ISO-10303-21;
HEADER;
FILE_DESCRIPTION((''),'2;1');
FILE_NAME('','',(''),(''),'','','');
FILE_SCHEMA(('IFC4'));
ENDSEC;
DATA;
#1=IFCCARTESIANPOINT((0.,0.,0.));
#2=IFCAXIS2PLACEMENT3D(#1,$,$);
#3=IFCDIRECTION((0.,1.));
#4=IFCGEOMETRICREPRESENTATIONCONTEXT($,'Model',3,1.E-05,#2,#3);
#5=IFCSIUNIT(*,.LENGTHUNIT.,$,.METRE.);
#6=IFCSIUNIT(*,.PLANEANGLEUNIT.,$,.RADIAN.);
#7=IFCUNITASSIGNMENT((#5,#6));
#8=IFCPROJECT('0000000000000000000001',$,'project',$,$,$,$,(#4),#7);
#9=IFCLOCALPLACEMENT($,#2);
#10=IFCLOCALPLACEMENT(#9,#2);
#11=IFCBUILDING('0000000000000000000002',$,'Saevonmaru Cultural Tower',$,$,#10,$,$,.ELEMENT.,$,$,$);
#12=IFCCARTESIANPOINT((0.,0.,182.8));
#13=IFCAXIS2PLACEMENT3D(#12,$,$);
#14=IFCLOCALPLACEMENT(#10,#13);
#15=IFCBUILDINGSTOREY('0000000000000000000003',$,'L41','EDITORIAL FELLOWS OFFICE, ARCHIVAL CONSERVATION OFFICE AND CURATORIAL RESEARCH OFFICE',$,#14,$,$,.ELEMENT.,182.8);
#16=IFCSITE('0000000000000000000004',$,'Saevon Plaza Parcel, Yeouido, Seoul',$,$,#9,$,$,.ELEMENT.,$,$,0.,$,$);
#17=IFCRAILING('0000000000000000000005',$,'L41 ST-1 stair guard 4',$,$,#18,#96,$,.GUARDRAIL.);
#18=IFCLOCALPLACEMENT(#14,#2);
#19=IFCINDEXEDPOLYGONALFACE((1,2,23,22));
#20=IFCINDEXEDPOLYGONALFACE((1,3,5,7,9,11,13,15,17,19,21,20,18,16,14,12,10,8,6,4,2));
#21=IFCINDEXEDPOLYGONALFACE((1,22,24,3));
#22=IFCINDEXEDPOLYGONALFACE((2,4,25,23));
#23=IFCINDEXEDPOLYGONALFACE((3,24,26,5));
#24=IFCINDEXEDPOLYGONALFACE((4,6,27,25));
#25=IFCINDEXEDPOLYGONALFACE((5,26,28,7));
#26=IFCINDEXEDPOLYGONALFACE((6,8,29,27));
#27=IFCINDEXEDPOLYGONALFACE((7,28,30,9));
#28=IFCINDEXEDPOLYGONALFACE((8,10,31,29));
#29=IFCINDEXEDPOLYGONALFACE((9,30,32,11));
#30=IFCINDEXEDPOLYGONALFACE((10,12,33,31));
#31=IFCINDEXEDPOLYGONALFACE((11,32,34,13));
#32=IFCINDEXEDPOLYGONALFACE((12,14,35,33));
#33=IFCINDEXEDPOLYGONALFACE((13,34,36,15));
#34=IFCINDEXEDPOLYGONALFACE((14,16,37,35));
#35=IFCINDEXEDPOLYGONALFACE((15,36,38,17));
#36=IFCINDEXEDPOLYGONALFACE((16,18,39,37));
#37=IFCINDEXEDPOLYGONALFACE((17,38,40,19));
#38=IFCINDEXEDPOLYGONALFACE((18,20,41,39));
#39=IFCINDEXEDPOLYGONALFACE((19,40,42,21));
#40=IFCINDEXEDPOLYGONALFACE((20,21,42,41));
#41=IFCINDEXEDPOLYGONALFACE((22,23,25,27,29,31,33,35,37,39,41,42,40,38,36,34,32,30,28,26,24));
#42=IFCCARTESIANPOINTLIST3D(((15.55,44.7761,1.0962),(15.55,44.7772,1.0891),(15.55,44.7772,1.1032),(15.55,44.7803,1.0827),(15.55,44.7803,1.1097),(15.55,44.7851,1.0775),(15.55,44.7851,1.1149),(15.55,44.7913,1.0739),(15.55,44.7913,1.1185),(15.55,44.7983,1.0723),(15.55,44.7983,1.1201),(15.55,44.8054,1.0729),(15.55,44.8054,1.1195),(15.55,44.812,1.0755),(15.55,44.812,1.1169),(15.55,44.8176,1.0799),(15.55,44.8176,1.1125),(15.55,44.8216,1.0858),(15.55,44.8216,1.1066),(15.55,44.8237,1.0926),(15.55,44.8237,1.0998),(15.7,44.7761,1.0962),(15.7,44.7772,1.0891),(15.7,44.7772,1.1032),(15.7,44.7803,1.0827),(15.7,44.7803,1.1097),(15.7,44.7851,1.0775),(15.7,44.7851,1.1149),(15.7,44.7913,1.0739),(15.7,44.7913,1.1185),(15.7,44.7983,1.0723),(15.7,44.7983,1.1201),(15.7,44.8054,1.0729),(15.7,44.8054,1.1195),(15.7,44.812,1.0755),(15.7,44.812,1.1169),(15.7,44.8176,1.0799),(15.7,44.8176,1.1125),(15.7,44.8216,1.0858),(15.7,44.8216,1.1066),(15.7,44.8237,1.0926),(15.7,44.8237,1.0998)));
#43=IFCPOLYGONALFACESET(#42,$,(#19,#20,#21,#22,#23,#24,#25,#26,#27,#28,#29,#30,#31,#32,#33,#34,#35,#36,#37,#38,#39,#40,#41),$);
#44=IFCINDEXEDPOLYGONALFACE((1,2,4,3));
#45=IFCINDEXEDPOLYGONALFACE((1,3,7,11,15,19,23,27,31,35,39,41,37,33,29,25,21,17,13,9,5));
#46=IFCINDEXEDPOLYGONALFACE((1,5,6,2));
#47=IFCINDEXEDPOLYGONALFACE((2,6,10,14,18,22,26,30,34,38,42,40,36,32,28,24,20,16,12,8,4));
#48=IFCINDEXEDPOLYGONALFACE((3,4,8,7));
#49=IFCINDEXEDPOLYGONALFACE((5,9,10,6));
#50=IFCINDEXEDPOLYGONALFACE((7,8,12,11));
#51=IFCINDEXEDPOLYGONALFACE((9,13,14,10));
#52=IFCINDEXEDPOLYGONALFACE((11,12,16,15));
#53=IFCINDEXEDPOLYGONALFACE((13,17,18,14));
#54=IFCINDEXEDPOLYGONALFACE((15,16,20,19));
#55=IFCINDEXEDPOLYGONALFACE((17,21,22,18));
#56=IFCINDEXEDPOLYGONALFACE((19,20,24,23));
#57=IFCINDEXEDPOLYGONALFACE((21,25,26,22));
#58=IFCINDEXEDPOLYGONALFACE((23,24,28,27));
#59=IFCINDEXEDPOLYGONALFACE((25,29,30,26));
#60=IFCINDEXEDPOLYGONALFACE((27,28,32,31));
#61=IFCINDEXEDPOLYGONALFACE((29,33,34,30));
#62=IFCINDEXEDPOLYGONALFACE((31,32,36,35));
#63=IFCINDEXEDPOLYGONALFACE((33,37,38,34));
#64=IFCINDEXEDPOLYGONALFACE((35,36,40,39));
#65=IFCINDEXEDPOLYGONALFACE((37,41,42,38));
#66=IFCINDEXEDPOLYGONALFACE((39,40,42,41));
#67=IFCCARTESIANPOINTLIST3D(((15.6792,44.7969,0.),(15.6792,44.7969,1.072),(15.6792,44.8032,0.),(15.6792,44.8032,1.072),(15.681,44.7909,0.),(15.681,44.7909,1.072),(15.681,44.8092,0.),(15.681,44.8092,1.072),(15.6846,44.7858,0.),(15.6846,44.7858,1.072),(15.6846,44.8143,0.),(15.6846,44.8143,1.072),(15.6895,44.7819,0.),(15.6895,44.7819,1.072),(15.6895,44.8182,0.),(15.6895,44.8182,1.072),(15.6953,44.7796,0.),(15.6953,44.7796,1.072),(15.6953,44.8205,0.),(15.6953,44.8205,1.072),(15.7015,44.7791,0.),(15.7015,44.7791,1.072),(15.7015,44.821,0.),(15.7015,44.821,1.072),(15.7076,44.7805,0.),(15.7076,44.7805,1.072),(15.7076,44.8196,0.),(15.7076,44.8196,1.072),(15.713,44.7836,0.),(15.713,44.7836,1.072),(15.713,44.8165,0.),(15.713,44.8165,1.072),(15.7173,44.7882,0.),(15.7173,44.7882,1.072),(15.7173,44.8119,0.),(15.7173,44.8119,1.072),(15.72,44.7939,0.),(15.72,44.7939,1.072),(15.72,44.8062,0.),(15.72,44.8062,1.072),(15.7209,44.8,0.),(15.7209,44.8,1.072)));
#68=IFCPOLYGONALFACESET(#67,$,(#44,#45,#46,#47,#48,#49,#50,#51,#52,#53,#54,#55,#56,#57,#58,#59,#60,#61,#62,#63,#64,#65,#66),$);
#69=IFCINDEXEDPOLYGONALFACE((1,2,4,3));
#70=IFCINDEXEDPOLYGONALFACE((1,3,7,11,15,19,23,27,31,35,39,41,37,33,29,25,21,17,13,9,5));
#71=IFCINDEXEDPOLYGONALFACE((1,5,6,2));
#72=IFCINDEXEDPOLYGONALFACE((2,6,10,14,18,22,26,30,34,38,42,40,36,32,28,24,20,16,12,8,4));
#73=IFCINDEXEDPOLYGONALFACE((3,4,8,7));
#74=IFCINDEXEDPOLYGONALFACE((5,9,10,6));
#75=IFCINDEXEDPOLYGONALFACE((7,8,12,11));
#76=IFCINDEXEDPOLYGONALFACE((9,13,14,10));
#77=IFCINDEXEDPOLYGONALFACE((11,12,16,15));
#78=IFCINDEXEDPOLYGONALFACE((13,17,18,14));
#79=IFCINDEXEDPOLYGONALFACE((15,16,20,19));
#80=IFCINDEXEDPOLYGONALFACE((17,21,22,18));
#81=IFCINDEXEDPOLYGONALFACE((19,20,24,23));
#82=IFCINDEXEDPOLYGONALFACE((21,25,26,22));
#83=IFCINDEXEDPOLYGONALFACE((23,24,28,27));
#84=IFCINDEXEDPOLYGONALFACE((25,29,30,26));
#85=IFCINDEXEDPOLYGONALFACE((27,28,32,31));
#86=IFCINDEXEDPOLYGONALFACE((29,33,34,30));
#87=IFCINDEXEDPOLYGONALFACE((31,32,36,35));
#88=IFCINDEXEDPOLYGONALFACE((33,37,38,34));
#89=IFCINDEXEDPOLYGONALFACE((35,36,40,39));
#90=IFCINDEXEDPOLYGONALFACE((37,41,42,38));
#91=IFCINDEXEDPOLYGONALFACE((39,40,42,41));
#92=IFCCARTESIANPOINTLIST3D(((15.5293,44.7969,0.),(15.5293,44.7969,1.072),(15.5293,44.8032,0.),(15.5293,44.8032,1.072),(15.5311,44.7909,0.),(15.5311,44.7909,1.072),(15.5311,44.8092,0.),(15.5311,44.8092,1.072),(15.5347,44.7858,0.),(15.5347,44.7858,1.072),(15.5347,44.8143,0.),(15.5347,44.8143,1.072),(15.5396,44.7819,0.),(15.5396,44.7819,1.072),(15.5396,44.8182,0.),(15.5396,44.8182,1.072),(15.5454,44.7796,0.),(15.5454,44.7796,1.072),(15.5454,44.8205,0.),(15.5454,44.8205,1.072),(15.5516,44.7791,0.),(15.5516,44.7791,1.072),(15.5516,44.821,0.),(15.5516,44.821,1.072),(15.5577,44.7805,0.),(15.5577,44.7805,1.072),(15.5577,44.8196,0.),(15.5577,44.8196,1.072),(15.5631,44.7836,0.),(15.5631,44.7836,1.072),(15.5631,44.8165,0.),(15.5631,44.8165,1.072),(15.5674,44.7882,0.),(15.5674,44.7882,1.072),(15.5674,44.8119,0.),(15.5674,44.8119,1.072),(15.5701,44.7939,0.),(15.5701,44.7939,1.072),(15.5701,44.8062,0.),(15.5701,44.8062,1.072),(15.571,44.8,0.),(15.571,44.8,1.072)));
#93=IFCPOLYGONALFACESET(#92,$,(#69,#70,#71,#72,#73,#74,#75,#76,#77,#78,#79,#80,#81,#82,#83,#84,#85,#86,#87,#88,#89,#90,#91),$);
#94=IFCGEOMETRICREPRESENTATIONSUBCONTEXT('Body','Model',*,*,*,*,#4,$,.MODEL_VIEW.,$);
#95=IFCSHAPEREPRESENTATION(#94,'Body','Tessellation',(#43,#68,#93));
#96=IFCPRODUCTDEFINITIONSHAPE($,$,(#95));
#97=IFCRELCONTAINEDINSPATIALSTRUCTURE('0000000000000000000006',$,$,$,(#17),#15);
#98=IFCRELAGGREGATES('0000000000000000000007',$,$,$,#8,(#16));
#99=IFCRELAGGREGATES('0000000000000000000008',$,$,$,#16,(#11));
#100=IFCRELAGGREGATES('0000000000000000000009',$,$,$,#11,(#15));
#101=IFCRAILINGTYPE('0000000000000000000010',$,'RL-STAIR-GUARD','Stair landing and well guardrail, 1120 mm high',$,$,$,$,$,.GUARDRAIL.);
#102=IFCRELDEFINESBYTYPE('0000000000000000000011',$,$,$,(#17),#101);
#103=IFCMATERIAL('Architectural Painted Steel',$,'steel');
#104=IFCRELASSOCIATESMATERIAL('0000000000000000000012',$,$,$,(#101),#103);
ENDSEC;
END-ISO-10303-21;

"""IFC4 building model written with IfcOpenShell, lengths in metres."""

from ifc_helpers import new_model, si_unit, direction, frame, origin, origin_2d, place, context, subcontext, project, spatial, circle, extrude, material, type_object, element, save


model = new_model("IFC4")

# Units and contexts
model_context = context("Model", 3, precision=1e-05, world=origin(), true_north=direction((0.0, 1.0)))
body_context = subcontext(model_context, "Body", "Model", "MODEL_VIEW")
ifc_project = project(units=[si_unit("LENGTHUNIT", "METRE"), si_unit("PLANEANGLEUNIT", "RADIAN")], contexts=[model_context])

# Site, building, storey
site_placement = place(None, origin())
site = spatial("IfcSite", under=ifc_project, at=site_placement, Name="Saevon Plaza Parcel, Yeouido, Seoul", CompositionType="ELEMENT", RefElevation=0.0)
building_placement = place(site_placement, origin())
building = spatial("IfcBuilding", under=site, at=building_placement, Name="Saevonmaru Cultural Tower", CompositionType="ELEMENT")
storey_placement = place(building_placement, frame((0.0, 0.0, 182.8)))
storey = spatial("IfcBuildingStorey", under=building, at=storey_placement, Name="L41", Description="EDITORIAL FELLOWS OFFICE, ARCHIVAL CONSERVATION OFFICE AND CURATORIAL RESEARCH OFFICE", CompositionType="ELEMENT", Elevation=182.8)

# Railing
ifc_material_1 = material(Name="Architectural Painted Steel", Category="steel")
railing_type_1 = type_object("IfcRailingType", Name="RL-STAIR-GUARD", Description="Stair landing and well guardrail, 1120 mm high", PredefinedType="GUARDRAIL", material=ifc_material_1)
railing_1_placement = place(storey_placement, frame((15.7, 44.8, 0.0)))
element("IfcRailing", 1, at=railing_1_placement, inside=storey, type_object=railing_type_1, Name="L41 ST-1 stair guard 4", PredefinedType="GUARDRAIL", context=body_context, shape_type="SweptSolid", body=[
    extrude(circle(Radius=0.0239, at=origin_2d()), frame((0.0, 0.0, 1.0962), z_axis=(-1.0, 0.0, 0.0), x_axis=(0.0, -1.0, 0.0)), (0.0, 0.0, 1.0), 0.1499),
    extrude(circle(Radius=0.021, at=origin_2d()), origin(), (0.0, 0.0, 1.0), 1.072),
    extrude(circle(Radius=0.021, at=origin_2d()), frame((-0.1499, 0.0, 0.0)), (0.0, 0.0, 1.0), 1.072),
])

save(model, "model.ifc")
